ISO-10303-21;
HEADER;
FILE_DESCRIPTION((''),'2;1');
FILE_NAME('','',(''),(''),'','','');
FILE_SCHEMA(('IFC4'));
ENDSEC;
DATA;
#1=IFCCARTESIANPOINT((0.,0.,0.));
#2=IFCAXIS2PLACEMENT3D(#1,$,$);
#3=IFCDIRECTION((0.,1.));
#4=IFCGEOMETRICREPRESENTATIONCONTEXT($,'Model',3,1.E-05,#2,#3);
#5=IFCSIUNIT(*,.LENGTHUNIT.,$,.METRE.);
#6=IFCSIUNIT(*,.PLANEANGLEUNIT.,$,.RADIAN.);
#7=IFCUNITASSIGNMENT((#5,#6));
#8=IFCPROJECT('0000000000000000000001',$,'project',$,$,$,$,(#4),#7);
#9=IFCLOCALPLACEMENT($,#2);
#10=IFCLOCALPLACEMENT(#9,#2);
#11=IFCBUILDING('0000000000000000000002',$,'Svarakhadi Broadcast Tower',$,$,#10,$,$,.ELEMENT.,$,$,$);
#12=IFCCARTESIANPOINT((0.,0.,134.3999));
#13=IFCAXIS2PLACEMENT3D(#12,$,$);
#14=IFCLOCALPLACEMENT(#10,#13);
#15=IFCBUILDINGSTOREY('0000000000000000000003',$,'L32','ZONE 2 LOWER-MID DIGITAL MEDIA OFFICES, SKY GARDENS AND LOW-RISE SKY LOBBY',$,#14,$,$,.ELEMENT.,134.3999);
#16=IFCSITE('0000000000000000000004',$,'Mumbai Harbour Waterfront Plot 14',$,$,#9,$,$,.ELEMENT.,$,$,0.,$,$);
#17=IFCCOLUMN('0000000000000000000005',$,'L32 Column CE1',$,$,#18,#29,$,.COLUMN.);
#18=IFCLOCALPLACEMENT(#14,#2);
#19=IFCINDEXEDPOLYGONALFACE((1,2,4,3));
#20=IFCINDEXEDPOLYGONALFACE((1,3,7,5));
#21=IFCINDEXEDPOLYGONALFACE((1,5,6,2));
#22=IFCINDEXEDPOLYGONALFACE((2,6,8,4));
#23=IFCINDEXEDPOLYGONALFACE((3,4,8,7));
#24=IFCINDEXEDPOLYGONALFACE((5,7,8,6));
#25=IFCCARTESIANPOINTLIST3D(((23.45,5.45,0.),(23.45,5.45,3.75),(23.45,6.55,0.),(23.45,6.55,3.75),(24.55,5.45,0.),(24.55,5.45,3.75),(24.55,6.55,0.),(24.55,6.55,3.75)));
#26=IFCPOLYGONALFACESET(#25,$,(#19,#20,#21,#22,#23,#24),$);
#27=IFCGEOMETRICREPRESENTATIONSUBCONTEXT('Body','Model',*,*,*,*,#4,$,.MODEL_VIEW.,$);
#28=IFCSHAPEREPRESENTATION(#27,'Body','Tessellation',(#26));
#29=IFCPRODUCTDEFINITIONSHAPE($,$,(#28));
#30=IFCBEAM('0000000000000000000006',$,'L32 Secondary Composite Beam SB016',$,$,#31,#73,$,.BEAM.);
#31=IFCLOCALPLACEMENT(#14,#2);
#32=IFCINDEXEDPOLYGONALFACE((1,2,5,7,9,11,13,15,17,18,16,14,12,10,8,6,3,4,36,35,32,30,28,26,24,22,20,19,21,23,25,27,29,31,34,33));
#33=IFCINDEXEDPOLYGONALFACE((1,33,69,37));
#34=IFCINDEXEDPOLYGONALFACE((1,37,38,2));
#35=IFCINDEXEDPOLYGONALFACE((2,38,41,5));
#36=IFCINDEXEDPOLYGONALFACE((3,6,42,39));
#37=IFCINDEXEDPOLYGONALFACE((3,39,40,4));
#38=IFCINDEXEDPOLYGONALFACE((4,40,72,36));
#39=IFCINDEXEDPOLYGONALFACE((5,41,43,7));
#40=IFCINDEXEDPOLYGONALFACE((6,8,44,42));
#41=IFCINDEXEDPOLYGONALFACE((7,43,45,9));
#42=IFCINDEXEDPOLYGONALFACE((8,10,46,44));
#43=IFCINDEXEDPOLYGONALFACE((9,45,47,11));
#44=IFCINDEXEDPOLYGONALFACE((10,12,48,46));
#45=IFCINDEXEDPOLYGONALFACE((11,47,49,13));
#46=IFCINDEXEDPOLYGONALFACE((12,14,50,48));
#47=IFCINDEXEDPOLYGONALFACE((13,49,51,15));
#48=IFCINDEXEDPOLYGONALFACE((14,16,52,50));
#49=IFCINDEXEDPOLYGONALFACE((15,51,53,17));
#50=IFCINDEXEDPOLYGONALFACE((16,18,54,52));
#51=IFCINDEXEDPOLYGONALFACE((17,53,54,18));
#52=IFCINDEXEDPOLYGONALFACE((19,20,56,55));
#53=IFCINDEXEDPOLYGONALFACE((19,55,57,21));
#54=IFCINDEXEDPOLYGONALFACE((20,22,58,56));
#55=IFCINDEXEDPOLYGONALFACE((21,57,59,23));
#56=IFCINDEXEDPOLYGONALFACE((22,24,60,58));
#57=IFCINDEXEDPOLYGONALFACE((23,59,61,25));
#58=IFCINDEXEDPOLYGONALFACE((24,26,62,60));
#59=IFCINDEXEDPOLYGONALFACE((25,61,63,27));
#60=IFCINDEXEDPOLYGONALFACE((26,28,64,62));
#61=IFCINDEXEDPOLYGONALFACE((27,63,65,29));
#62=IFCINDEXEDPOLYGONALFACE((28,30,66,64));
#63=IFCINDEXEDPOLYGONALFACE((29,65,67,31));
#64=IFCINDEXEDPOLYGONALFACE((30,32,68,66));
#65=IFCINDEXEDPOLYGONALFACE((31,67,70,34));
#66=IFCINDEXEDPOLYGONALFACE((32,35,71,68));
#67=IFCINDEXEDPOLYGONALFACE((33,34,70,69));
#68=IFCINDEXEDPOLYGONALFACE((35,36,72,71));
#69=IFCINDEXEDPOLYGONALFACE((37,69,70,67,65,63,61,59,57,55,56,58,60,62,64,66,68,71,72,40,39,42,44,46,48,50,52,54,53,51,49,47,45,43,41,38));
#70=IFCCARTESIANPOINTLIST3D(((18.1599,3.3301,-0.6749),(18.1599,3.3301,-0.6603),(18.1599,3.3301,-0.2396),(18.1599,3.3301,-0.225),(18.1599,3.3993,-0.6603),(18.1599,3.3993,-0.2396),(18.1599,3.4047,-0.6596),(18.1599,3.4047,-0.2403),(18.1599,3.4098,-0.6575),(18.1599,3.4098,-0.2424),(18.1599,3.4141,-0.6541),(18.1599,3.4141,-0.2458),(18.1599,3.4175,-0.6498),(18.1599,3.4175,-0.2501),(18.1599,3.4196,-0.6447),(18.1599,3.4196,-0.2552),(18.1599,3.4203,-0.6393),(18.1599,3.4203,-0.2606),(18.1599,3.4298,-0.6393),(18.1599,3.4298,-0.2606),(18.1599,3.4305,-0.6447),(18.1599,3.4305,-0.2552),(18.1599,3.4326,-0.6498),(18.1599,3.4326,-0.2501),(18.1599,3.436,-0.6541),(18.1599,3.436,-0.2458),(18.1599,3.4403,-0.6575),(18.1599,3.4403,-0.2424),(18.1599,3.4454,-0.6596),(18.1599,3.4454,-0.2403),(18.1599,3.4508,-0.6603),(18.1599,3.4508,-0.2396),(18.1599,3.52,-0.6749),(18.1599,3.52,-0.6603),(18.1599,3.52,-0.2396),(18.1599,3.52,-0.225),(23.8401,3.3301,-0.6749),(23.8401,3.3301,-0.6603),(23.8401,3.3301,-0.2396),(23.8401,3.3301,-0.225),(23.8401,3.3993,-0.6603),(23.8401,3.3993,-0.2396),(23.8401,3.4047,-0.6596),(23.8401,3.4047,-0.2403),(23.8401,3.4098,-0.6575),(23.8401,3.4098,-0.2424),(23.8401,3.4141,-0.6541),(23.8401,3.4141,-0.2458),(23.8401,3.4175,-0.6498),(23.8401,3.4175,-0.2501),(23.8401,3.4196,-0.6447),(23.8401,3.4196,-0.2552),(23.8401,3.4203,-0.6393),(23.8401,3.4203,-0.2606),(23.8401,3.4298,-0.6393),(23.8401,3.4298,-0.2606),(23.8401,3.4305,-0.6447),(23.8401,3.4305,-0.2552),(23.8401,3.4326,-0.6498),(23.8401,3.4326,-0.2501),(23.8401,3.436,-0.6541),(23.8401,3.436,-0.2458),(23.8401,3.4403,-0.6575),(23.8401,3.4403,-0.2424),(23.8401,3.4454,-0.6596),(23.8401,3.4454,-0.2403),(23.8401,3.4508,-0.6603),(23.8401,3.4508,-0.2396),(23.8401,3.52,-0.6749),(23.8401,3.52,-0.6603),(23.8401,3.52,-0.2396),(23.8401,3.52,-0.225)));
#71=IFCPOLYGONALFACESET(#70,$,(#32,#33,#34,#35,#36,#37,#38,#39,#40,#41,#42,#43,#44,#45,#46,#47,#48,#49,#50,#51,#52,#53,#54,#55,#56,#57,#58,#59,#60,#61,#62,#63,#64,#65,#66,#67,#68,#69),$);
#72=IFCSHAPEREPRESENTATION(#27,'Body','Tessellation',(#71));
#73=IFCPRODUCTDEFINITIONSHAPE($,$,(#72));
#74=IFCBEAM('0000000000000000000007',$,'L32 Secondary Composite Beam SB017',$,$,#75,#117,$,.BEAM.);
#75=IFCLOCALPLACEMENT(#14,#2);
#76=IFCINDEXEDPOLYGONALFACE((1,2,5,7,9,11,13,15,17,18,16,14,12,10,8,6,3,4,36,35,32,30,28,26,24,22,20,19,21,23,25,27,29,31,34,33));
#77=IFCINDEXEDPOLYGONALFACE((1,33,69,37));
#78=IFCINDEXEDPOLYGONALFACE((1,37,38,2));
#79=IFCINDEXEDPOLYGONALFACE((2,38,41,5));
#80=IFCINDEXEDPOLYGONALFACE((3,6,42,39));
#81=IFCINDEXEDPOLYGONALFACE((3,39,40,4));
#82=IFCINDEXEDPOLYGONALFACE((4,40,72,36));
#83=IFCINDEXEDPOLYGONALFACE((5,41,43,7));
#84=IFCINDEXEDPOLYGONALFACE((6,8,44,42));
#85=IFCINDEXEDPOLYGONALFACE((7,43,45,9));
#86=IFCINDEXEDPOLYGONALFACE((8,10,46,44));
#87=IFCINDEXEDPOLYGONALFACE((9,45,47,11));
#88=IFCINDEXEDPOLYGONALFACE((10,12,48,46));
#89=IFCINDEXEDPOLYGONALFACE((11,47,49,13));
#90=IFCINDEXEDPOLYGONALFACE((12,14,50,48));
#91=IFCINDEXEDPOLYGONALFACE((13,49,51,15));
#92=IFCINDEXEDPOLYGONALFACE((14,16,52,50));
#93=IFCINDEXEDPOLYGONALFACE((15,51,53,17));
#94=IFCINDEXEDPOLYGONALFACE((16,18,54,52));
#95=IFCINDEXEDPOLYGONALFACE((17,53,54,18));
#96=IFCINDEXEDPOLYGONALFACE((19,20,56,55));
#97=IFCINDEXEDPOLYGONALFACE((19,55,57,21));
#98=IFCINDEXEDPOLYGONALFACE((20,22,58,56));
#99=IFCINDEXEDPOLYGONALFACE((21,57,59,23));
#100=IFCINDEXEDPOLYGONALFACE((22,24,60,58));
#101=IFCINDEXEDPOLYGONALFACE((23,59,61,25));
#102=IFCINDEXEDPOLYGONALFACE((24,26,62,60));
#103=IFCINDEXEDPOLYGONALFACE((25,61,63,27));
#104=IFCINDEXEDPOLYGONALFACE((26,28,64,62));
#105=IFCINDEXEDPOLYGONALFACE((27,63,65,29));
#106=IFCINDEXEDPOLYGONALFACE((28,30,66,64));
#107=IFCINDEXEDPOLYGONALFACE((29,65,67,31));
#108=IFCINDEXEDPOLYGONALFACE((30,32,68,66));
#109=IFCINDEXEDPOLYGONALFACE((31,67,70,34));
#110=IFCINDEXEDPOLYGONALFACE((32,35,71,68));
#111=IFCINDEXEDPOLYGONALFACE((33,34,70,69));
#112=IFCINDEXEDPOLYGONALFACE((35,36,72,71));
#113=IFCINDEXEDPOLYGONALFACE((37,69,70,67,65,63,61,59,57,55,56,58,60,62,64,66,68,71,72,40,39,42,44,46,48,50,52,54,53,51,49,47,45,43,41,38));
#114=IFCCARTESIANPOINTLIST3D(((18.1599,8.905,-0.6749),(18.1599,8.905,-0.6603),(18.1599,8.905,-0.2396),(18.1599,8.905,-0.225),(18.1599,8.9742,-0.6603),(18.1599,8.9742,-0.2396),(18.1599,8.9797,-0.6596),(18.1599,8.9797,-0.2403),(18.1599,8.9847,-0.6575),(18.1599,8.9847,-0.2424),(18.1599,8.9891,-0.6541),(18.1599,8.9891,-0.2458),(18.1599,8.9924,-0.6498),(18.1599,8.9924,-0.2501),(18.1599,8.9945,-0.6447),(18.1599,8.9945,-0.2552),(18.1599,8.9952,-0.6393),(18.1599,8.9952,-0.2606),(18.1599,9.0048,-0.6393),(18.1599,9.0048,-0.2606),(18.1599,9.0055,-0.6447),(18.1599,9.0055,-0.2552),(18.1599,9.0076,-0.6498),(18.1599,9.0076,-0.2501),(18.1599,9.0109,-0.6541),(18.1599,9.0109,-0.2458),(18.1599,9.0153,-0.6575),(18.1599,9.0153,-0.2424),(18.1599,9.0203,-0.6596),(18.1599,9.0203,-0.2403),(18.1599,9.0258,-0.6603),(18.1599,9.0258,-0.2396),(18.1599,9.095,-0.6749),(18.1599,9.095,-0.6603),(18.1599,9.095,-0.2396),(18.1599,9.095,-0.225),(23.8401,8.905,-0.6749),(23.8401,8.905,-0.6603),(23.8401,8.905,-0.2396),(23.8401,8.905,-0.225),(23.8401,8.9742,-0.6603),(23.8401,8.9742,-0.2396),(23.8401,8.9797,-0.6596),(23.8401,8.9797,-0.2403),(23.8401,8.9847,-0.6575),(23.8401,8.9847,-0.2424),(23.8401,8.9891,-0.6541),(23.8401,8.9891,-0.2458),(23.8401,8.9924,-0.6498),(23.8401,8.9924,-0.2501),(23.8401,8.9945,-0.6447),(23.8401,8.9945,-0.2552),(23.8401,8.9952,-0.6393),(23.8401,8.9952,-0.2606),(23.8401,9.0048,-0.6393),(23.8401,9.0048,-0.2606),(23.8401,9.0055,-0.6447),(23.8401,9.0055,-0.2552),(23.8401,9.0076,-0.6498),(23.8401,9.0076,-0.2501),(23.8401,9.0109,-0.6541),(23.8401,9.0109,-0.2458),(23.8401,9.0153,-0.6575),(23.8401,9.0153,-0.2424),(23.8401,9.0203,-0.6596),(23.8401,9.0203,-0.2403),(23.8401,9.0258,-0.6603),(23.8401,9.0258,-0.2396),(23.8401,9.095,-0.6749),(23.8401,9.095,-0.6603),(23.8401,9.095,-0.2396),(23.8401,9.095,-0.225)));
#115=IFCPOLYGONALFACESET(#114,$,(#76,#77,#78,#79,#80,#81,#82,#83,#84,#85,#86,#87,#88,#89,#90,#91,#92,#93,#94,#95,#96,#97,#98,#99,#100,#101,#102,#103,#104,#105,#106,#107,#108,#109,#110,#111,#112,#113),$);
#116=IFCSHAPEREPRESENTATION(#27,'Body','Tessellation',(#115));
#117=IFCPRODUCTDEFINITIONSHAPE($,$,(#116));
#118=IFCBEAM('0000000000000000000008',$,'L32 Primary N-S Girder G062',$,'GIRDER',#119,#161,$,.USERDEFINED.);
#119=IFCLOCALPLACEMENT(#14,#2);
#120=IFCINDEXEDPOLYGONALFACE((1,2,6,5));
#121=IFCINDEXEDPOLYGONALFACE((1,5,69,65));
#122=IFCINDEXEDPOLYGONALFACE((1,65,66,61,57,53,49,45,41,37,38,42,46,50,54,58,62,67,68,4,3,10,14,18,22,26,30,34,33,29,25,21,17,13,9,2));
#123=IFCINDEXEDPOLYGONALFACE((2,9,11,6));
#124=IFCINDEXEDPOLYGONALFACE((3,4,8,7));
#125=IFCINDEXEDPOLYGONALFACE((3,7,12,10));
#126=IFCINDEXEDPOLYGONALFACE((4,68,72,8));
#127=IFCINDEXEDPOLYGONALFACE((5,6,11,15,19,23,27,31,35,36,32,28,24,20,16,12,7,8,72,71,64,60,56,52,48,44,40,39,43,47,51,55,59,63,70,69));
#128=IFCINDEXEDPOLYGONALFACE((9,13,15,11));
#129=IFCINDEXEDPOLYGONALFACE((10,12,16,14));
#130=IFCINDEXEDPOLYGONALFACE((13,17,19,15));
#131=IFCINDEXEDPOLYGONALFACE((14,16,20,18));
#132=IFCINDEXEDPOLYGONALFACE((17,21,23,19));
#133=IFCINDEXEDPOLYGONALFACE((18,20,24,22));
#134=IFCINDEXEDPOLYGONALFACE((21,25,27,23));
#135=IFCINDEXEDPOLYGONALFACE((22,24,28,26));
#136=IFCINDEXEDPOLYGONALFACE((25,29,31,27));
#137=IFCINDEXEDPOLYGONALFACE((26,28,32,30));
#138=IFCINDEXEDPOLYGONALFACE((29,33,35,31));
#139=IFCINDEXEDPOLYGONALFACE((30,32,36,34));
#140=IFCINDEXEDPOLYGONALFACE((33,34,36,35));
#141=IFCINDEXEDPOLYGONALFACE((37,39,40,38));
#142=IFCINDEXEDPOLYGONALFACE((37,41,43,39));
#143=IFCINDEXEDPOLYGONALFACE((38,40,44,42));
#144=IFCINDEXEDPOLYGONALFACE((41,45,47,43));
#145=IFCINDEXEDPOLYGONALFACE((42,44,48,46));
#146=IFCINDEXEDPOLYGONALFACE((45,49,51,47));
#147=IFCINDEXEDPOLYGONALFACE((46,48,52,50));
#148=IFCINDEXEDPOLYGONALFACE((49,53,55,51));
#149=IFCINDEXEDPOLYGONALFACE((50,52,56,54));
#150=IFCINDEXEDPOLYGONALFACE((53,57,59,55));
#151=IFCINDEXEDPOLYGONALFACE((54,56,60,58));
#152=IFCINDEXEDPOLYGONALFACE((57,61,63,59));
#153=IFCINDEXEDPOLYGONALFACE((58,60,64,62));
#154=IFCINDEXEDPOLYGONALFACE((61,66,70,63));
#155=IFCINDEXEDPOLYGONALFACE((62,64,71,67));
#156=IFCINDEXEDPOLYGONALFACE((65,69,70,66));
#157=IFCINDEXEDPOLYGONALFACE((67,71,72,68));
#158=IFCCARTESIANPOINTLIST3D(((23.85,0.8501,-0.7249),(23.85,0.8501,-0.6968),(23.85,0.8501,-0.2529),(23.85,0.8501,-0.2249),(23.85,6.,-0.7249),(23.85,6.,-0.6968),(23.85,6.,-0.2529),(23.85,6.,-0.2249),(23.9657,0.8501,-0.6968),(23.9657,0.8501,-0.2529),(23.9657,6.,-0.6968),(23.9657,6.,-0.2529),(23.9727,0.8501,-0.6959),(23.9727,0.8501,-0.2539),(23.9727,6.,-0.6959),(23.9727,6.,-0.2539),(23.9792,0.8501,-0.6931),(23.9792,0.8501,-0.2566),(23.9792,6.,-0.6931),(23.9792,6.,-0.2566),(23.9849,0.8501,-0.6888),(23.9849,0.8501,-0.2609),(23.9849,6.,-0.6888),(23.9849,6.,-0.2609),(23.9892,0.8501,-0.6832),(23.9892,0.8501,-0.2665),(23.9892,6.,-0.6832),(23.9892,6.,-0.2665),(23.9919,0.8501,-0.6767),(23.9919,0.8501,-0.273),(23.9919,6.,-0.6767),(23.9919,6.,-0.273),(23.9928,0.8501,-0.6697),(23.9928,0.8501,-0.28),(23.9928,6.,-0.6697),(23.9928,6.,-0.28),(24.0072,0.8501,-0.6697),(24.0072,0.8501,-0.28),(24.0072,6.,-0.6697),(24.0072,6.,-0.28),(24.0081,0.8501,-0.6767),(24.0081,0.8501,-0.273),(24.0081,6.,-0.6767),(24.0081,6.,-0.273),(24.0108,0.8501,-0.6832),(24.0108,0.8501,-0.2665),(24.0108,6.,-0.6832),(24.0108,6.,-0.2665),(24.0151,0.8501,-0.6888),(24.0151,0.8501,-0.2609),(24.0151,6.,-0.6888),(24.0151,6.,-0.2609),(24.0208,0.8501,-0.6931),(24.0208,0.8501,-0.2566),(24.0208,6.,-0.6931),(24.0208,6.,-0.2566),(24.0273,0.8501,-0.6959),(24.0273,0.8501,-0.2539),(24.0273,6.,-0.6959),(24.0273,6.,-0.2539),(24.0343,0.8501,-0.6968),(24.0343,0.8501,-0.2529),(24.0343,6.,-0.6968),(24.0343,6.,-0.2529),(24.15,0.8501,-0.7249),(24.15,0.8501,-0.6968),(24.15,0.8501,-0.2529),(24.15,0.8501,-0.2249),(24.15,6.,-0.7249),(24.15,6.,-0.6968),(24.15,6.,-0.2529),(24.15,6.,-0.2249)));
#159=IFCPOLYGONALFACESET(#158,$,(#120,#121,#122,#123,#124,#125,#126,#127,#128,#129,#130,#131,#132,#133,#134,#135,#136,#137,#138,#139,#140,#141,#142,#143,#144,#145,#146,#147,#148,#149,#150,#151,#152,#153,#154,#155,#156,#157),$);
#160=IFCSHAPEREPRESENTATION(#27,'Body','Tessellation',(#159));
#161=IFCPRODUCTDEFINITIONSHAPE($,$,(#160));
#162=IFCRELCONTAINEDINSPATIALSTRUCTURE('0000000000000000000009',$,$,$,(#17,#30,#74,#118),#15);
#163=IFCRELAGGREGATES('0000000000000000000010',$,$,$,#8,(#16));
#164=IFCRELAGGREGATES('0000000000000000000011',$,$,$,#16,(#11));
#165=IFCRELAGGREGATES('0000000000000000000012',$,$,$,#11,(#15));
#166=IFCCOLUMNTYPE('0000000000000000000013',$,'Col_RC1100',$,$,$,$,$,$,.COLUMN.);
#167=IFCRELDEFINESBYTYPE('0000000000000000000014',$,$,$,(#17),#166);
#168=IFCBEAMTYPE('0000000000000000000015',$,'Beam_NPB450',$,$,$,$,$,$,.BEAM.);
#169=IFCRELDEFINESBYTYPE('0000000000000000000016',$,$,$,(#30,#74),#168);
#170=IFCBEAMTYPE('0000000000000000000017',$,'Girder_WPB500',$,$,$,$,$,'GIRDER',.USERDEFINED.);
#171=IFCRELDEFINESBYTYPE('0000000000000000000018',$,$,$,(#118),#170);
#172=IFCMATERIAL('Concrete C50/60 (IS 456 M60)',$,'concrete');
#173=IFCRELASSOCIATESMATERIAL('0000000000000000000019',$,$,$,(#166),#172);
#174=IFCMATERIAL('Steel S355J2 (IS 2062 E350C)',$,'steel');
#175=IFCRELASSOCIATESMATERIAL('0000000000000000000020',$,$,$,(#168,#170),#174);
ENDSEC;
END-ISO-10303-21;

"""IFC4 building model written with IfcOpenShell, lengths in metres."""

from ifc_helpers import new_model, si_unit, direction, frame, origin, origin_2d, place, context, subcontext, project, spatial, rectangle, i_section, extrude, material, material_profile, profile_set, type_object, element, save


model = new_model("IFC4")

# Units and contexts
model_context = context("Model", 3, precision=1e-05, world=origin(), true_north=direction((0.0, 1.0)))
body_context = subcontext(model_context, "Body", "Model", "MODEL_VIEW")
ifc_project = project(units=[si_unit("LENGTHUNIT", "METRE"), si_unit("PLANEANGLEUNIT", "RADIAN")], contexts=[model_context])

# Site, building, storey
site_placement = place(None, origin())
site = spatial("IfcSite", under=ifc_project, at=site_placement, Name="Mumbai Harbour Waterfront Plot 14", CompositionType="ELEMENT", RefElevation=0.0)
building_placement = place(site_placement, origin())
building = spatial("IfcBuilding", under=site, at=building_placement, Name="Svarakhadi Broadcast Tower", CompositionType="ELEMENT")
storey_placement = place(building_placement, frame((0.0, 0.0, 134.3999)))
storey = spatial("IfcBuildingStorey", under=building, at=storey_placement, Name="L32", Description="ZONE 2 LOWER-MID DIGITAL MEDIA OFFICES, SKY GARDENS AND LOW-RISE SKY LOBBY", CompositionType="ELEMENT", Elevation=134.3999)

# Column
ifc_material_1 = material(Name="Concrete C50/60 (IS 456 M60)", Category="concrete")
ifc_material_profile_1 = material_profile(ifc_material_1, rectangle(XDim=1.1001, YDim=1.1001, at=origin_2d()), Name="RC 1100x1100")
ifc_profile_set_1 = profile_set([ifc_material_profile_1], Name="Concrete C50/60 (IS 456 M60)")
column_type = type_object("IfcColumnType", Name="Col_RC1100", PredefinedType="COLUMN", material=ifc_profile_set_1)
column_placement = place(storey_placement, frame((24.0, 6.0, 0.0), z_axis=(0.0, 0.0, 1.0), x_axis=(1.0, 0.0, 0.0)))
element("IfcColumn", 1, at=column_placement, inside=storey, type_object=column_type, Name="L32 Column CE1", PredefinedType="COLUMN", context=body_context, shape_type="SweptSolid", body=[
    extrude(rectangle(XDim=1.1001, YDim=1.1001, at=origin_2d()), origin(), (0.0, 0.0, 1.0), 3.75),
])

# Beams
ifc_material_2 = material(Name="Steel S355J2 (IS 2062 E350C)", Category="steel")
ifc_material_profile_2 = material_profile(ifc_material_2, i_section(OverallWidth=0.1899, OverallDepth=0.45, WebThickness=0.0095, FlangeThickness=0.0146, FilletRadius=0.021, at=origin_2d()), Name="NPB 450x190x78")
ifc_profile_set_2 = profile_set([ifc_material_profile_2], Name="Steel S355J2 (IS 2062 E350C)")
beam_type_1 = type_object("IfcBeamType", Name="Beam_NPB450", PredefinedType="BEAM", material=ifc_profile_set_2)
for number, where, z_axis, x_axis, name in (
    (2, (18.1599, 3.425, -0.45), (1.0, 0.0, 0.0), (0.0, 1.0, 0.0), "L32 Secondary Composite Beam SB016"),
    (3, (18.1599, 9.0, -0.45), (1.0, 0.0, 0.0), (0.0, 1.0, 0.0), "L32 Secondary Composite Beam SB017"),
):
    element("IfcBeam", number, at=place(storey_placement, frame(where, z_axis=z_axis, x_axis=x_axis)), inside=storey, type_object=beam_type_1, Name=name, PredefinedType="BEAM", context=body_context, shape_type="SweptSolid", body=[
        extrude(i_section(OverallWidth=0.1899, OverallDepth=0.45, WebThickness=0.0095, FlangeThickness=0.0146, FilletRadius=0.021, at=origin_2d()), origin(), (0.0, 0.0, 1.0), 5.6802),
    ])
ifc_material_profile_3 = material_profile(ifc_material_2, i_section(OverallWidth=0.3, OverallDepth=0.5, WebThickness=0.0144, FlangeThickness=0.0281, FilletRadius=0.0271, at=origin_2d()), Name="WPB 500x300x187")
ifc_profile_set_3 = profile_set([ifc_material_profile_3], Name="Steel S355J2 (IS 2062 E350C)")
beam_type_2 = type_object("IfcBeamType", Name="Girder_WPB500", ElementType="GIRDER", PredefinedType="USERDEFINED", material=ifc_profile_set_3)
beam_1_placement = place(storey_placement, frame((24.0, 0.8501, -0.4749), z_axis=(0.0, 1.0, 0.0), x_axis=(-1.0, 0.0, 0.0)))
element("IfcBeam", 4, at=beam_1_placement, inside=storey, type_object=beam_type_2, Name="L32 Primary N-S Girder G062", ObjectType="GIRDER", PredefinedType="USERDEFINED", context=body_context, shape_type="SweptSolid", body=[
    extrude(i_section(OverallWidth=0.3, OverallDepth=0.5, WebThickness=0.0144, FlangeThickness=0.0281, FilletRadius=0.0271, at=origin_2d()), origin(), (0.0, 0.0, 1.0), 5.1499),
])

save(model, "model.ifc")
